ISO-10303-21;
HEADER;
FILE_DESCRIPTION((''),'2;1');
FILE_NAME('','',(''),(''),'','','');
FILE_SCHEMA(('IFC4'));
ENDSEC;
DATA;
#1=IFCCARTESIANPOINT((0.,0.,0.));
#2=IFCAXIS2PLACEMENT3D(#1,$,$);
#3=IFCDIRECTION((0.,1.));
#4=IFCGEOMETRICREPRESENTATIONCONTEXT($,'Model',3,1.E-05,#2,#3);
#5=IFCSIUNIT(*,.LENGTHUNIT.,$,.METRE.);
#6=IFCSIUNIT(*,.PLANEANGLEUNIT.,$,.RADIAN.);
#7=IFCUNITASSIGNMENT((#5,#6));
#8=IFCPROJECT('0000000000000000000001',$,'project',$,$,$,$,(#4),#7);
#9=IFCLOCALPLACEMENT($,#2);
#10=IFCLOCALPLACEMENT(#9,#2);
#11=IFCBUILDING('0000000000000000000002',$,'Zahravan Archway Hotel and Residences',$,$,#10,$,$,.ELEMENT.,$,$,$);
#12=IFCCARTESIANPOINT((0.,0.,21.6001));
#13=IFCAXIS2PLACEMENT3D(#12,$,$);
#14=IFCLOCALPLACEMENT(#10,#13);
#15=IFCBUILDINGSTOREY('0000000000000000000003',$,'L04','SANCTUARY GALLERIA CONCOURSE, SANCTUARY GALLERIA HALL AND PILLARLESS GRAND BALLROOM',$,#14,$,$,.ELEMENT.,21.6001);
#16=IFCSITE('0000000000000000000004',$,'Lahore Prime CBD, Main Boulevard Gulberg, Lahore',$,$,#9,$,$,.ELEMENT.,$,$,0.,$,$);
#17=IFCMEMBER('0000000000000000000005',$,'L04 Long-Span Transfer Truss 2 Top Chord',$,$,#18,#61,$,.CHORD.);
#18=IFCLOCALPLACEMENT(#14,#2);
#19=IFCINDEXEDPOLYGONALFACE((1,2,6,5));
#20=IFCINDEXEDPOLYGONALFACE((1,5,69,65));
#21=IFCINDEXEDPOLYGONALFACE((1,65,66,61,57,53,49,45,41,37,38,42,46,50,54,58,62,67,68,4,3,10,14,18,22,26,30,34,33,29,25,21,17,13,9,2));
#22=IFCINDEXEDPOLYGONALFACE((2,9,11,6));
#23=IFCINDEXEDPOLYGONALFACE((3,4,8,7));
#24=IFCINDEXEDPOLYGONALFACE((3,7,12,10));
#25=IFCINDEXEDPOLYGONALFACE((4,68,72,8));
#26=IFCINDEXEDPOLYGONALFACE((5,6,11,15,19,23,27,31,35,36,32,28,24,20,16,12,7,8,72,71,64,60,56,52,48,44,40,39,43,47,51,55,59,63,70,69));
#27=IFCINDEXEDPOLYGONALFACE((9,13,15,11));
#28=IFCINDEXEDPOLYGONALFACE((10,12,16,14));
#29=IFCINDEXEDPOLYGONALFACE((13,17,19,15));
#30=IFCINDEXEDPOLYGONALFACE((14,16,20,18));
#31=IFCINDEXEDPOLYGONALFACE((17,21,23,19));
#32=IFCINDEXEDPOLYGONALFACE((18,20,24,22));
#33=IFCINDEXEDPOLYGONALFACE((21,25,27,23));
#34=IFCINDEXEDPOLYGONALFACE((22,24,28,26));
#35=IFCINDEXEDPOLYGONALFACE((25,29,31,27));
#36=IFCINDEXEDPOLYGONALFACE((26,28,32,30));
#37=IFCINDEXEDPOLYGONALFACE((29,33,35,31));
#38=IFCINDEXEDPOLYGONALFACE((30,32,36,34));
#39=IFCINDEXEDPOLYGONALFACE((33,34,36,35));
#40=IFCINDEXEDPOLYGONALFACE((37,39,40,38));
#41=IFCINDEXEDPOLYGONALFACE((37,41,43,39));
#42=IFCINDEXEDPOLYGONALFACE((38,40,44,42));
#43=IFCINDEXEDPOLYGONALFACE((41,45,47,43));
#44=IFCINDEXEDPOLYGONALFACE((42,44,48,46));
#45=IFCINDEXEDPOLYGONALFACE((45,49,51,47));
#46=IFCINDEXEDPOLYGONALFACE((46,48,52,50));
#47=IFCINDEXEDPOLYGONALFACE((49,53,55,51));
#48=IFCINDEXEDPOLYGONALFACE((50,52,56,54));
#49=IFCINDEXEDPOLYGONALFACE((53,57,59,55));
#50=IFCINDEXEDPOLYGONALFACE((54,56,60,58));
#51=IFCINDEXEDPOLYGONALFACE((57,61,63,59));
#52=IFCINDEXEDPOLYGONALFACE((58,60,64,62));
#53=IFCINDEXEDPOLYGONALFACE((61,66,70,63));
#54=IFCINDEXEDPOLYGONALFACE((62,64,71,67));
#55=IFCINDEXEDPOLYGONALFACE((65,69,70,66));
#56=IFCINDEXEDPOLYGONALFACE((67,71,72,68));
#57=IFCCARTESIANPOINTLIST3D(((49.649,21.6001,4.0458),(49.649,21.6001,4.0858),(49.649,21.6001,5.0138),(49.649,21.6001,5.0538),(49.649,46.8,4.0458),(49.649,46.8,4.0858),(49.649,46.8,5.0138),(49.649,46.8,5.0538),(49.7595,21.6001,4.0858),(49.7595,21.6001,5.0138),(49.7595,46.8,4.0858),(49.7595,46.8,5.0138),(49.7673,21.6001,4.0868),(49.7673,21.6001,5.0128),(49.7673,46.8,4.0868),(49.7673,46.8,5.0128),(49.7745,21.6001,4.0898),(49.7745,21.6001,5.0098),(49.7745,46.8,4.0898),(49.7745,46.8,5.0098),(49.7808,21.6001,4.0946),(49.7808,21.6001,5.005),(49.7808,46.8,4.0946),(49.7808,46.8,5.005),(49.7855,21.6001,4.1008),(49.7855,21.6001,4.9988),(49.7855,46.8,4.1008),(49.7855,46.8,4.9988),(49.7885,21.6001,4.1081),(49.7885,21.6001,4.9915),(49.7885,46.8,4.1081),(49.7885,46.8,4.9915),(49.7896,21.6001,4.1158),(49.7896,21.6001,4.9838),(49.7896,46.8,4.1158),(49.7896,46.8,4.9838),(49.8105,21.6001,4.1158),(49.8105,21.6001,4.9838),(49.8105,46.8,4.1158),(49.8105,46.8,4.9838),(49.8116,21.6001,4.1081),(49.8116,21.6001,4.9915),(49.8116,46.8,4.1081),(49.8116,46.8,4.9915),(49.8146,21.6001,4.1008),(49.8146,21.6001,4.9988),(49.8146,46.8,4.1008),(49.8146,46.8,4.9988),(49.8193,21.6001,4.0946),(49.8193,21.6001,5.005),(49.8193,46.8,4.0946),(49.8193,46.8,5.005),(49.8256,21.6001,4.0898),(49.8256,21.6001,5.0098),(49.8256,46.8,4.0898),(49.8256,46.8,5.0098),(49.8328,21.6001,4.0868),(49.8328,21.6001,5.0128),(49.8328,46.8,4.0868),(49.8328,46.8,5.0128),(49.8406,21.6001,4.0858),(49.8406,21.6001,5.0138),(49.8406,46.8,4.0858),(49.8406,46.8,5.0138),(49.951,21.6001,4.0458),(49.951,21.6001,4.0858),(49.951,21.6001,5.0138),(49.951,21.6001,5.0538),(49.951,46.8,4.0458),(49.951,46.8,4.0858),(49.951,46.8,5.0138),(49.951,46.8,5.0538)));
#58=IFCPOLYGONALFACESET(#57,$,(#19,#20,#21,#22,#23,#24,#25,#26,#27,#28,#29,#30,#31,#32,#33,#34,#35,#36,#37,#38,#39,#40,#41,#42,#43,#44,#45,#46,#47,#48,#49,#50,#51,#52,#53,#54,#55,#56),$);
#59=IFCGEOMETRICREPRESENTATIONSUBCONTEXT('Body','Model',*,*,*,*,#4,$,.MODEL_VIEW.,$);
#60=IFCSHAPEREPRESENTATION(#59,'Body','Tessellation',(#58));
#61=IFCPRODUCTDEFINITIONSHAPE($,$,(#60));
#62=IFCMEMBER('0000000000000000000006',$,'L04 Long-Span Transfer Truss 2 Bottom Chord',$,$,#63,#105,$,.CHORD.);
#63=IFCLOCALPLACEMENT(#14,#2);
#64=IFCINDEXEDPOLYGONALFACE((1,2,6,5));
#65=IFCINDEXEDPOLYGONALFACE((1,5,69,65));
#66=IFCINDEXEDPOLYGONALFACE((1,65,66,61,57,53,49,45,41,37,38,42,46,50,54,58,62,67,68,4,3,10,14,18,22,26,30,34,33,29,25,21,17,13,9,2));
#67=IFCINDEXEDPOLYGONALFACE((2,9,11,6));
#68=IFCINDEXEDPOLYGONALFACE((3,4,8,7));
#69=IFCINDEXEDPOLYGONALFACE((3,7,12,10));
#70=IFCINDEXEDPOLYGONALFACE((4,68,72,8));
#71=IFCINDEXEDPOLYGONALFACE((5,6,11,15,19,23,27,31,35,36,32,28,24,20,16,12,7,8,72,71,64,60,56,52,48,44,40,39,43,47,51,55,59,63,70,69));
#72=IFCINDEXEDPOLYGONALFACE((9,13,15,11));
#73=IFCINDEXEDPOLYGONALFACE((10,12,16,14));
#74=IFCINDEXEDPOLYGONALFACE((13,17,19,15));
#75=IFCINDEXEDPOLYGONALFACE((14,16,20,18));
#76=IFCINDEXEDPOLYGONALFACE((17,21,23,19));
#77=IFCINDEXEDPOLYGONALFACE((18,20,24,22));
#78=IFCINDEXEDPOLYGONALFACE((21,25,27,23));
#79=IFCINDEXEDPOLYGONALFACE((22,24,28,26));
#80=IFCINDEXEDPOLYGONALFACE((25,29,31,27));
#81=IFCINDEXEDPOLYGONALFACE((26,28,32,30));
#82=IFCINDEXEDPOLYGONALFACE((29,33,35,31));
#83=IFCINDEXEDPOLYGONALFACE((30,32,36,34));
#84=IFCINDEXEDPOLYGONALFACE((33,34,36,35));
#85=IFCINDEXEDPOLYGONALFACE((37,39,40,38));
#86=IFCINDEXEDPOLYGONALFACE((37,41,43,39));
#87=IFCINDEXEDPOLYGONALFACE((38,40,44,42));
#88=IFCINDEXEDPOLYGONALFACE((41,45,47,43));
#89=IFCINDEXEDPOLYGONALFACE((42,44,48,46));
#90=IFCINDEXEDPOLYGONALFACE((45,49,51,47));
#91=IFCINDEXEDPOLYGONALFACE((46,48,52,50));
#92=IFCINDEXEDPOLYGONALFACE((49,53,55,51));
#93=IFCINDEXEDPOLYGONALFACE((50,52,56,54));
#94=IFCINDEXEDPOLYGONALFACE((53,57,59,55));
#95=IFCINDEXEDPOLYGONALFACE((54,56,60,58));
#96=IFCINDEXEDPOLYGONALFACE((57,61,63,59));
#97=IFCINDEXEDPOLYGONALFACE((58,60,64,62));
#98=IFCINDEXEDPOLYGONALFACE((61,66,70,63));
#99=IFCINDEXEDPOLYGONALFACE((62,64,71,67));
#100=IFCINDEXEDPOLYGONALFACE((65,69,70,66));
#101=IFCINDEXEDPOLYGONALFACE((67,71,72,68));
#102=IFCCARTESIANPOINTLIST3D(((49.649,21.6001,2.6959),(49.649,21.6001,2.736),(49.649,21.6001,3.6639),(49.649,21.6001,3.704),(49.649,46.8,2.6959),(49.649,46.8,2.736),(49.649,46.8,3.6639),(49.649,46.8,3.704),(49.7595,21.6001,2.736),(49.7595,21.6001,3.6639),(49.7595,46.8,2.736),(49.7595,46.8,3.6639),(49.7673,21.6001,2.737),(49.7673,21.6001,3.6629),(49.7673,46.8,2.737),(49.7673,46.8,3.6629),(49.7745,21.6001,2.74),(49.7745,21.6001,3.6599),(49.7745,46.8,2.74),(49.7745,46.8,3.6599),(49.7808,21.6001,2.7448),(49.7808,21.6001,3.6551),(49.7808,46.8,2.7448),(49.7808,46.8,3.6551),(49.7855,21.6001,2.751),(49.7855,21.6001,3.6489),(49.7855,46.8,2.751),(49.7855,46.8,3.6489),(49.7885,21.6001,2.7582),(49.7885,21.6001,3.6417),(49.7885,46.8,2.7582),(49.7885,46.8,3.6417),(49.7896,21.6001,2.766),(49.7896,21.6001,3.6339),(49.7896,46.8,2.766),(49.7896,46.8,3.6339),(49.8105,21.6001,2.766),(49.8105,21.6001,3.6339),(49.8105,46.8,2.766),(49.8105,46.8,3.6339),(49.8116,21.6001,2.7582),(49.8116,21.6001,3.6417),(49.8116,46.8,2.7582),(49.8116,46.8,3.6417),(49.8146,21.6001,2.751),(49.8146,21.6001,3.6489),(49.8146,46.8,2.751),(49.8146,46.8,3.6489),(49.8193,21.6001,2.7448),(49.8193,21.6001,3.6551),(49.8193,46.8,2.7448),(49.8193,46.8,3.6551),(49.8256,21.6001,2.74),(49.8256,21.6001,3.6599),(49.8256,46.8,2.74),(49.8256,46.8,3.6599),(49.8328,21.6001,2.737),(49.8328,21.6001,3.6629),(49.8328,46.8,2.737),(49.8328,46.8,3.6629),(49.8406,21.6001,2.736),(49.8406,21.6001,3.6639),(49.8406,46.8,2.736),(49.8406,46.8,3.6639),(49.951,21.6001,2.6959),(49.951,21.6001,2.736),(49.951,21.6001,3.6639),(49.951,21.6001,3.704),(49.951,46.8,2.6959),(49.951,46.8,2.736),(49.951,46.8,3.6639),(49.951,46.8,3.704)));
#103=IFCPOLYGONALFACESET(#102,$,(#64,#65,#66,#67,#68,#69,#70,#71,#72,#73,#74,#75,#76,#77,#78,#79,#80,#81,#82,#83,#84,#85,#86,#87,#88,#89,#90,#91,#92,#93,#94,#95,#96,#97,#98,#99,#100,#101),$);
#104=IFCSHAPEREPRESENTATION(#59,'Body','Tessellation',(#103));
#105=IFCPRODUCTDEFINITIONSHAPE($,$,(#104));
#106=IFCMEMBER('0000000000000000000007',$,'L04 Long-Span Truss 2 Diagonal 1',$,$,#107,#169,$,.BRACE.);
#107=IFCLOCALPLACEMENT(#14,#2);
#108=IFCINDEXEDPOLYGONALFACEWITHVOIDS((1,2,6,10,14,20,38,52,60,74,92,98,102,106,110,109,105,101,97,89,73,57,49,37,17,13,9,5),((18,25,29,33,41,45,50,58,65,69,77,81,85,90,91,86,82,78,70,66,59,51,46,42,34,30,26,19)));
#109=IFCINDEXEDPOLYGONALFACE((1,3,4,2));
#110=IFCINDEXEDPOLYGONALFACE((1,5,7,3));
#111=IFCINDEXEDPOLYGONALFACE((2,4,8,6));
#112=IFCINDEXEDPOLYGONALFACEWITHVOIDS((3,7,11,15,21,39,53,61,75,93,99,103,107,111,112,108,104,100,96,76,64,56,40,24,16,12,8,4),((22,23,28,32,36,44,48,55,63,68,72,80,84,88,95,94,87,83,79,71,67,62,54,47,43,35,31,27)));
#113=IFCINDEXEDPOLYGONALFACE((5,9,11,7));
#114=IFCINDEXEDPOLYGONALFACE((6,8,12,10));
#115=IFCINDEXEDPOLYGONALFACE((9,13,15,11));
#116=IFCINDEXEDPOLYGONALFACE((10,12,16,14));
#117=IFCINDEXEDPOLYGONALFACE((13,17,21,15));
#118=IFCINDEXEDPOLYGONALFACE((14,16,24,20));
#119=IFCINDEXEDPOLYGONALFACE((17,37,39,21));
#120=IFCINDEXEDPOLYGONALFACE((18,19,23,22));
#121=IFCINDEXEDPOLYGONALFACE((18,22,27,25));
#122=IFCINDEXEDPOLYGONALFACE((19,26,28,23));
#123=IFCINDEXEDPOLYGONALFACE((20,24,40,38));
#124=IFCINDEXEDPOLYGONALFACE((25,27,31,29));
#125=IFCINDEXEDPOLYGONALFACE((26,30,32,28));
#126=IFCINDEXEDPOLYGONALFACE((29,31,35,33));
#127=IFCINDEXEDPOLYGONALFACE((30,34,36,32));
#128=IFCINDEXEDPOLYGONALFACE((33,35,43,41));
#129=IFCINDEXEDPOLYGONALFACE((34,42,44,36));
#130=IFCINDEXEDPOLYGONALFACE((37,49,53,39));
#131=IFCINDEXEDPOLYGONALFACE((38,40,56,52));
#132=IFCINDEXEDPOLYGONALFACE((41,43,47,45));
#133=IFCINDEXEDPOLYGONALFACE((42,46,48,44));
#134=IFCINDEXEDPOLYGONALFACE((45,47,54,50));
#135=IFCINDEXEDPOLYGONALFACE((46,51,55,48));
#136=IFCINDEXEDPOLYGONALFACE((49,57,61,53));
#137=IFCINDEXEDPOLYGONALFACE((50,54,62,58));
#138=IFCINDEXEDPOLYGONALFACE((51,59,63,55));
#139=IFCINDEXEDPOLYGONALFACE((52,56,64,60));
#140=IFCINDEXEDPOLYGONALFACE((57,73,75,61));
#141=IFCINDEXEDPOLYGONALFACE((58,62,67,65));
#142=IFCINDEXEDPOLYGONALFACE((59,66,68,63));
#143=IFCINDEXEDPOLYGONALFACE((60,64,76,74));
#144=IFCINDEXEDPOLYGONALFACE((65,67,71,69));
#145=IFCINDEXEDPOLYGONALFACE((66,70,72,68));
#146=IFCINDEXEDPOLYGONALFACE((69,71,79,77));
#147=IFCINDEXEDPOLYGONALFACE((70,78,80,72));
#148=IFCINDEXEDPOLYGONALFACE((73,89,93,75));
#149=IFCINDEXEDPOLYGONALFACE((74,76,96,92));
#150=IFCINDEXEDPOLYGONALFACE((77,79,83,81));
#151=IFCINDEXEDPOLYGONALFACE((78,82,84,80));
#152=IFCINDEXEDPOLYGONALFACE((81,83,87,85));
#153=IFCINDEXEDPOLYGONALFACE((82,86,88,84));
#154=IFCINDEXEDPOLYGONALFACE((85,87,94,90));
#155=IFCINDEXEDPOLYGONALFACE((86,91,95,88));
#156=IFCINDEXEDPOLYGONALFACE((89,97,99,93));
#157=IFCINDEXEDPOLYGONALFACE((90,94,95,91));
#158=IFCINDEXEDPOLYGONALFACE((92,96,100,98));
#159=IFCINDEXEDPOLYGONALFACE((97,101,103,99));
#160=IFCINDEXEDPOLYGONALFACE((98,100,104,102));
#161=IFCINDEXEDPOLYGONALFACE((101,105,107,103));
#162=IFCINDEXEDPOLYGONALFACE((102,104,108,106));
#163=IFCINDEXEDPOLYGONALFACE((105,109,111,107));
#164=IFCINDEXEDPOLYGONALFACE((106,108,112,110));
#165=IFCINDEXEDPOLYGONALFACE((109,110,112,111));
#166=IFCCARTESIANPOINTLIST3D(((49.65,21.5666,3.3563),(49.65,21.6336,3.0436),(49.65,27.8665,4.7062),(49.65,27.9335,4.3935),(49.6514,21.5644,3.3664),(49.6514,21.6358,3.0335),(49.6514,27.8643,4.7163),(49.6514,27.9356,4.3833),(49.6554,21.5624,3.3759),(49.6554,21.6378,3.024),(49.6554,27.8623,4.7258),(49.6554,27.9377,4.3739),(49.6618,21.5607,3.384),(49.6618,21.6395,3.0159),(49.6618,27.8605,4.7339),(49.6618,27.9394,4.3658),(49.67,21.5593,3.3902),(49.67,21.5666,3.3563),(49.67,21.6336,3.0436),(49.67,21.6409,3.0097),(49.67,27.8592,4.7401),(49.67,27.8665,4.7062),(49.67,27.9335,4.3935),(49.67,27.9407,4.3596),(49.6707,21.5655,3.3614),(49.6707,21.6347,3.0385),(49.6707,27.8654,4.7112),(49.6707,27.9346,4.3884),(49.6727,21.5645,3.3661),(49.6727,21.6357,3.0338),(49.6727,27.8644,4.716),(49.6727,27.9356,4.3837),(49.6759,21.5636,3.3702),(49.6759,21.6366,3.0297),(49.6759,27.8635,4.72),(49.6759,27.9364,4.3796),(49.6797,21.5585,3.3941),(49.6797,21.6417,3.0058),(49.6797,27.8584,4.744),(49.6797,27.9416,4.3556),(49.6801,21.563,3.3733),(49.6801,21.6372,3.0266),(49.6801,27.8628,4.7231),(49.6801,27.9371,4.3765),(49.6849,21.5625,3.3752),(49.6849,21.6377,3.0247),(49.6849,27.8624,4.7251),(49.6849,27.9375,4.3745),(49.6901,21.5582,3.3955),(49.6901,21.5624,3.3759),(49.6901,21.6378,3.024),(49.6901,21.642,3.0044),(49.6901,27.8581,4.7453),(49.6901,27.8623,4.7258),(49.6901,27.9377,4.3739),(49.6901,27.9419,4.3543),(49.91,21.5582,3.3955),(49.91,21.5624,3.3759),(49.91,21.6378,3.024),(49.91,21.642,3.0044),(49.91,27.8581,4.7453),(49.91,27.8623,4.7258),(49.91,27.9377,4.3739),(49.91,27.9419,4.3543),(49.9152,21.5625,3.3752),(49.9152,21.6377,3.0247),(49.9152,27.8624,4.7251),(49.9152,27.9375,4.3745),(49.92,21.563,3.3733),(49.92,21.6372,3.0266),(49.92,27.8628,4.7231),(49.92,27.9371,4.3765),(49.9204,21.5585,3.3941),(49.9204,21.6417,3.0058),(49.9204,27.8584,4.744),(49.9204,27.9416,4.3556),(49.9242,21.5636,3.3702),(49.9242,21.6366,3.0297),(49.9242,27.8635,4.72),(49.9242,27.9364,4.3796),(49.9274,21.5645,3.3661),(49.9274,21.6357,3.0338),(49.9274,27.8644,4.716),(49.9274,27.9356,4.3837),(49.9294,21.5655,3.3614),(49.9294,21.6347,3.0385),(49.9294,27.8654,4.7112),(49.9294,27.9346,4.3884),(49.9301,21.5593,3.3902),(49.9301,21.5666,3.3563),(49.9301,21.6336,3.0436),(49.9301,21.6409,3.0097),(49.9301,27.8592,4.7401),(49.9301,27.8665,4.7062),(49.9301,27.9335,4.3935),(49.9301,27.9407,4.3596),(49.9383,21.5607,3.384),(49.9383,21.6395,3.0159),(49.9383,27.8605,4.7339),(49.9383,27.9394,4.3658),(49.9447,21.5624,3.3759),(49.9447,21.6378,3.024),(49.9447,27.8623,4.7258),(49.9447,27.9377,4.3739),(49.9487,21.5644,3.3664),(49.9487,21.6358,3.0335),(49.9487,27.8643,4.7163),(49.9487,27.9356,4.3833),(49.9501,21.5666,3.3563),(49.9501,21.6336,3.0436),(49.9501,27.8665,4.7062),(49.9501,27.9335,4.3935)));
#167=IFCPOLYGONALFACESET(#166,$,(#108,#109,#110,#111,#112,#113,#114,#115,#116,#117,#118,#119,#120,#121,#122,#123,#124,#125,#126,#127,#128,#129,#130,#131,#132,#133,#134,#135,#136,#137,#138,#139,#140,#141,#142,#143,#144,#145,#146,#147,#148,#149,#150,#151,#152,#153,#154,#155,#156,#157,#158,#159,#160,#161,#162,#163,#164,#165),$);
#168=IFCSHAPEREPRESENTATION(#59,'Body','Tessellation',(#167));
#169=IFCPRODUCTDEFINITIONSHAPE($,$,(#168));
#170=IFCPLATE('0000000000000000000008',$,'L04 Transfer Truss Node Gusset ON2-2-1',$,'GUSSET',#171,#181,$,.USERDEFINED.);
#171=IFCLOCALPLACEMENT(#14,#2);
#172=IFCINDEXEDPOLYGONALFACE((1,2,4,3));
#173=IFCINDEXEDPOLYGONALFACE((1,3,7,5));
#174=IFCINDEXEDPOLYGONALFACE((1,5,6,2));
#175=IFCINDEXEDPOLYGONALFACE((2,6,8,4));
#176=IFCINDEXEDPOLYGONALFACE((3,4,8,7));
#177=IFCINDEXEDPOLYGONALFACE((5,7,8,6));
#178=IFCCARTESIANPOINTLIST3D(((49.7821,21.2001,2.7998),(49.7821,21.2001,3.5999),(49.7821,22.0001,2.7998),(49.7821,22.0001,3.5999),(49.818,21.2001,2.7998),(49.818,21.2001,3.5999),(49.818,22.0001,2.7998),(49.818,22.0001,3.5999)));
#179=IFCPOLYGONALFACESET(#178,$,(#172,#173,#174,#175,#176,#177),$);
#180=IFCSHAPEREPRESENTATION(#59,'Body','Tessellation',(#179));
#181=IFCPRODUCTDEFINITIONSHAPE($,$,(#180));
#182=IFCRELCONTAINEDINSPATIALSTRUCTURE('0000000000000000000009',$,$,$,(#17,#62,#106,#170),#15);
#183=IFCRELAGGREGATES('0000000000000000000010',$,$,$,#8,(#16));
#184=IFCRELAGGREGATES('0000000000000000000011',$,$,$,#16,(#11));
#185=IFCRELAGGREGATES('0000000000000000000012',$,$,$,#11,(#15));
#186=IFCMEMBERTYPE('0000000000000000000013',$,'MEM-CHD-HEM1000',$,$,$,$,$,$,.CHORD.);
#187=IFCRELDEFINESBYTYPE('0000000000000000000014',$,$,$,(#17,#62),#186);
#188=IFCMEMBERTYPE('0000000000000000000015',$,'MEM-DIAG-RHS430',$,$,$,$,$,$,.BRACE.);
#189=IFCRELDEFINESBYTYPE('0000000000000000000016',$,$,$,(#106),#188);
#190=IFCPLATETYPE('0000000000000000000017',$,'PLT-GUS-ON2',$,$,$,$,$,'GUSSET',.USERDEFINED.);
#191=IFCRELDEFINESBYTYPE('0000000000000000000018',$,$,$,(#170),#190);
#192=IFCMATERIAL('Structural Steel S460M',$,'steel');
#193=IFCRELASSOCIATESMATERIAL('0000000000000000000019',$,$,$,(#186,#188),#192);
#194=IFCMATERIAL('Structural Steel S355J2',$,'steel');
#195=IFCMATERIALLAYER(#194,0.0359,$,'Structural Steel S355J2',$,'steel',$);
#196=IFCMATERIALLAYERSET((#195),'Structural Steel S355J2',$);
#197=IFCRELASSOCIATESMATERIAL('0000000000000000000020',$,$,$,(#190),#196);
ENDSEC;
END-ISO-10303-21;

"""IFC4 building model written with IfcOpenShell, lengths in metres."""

from ifc_helpers import new_model, si_unit, direction, frame, origin, origin_2d, place, context, subcontext, project, spatial, rectangle, hollow_rectangle, i_section, extrude, source, transform, mapped, material, layer, layer_set, material_profile, profile_set, type_object, type_shapes, element, save


model = new_model("IFC4")

# Units and contexts
model_context = context("Model", 3, precision=1e-05, world=origin(), true_north=direction((0.0, 1.0)))
body_context = subcontext(model_context, "Body", "Model", "MODEL_VIEW")
ifc_project = project(units=[si_unit("LENGTHUNIT", "METRE"), si_unit("PLANEANGLEUNIT", "RADIAN")], contexts=[model_context])

# Site, building, storey
site_placement = place(None, origin())
site = spatial("IfcSite", under=ifc_project, at=site_placement, Name="Lahore Prime CBD, Main Boulevard Gulberg, Lahore", CompositionType="ELEMENT", RefElevation=0.0)
building_placement = place(site_placement, origin())
building = spatial("IfcBuilding", under=site, at=building_placement, Name="Zahravan Archway Hotel and Residences", CompositionType="ELEMENT")
storey_placement = place(building_placement, frame((0.0, 0.0, 21.6001)))
storey = spatial("IfcBuildingStorey", under=building, at=storey_placement, Name="L04", Description="SANCTUARY GALLERIA CONCOURSE, SANCTUARY GALLERIA HALL AND PILLARLESS GRAND BALLROOM", CompositionType="ELEMENT", Elevation=21.6001)

# Shared definitions
ifc_material_1 = material(Name="Structural Steel S355J2", Category="steel")

# Members
ifc_material_2 = material(Name="Structural Steel S460M", Category="steel")
ifc_material_profile_1 = material_profile(ifc_material_2, i_section(OverallWidth=0.302, OverallDepth=1.0081, WebThickness=0.021, FlangeThickness=0.04, FilletRadius=0.03, at=origin_2d()), Name="HEM 1000", Category="steel")
ifc_profile_set_1 = profile_set([ifc_material_profile_1], Name="Structural Steel S460M")
member_type_1 = type_object("IfcMemberType", Name="MEM-CHD-HEM1000", PredefinedType="CHORD", material=ifc_profile_set_1)
shared_shape_1 = source(origin(), body_context, "Body", "SweptSolid", [
    extrude(i_section(OverallWidth=0.302, OverallDepth=1.0081, WebThickness=0.021, FlangeThickness=0.04, FilletRadius=0.03, at=origin_2d()), origin(), (0.0, 0.0, 1.0), 25.2),
])
type_shapes(member_type_1, [shared_shape_1])
for number, where, z_axis, x_axis, name in (
    (1, (49.8, 21.6001, 4.5498), (0.0, 1.0, 0.0), (-1.0, 0.0, 0.0), "L04 Long-Span Transfer Truss 2 Top Chord"),
    (2, (49.8, 21.6001, 3.2), (0.0, 1.0, 0.0), (-1.0, 0.0, 0.0), "L04 Long-Span Transfer Truss 2 Bottom Chord"),
):
    element("IfcMember", number, at=place(storey_placement, frame(where, z_axis=z_axis, x_axis=x_axis)), inside=storey, type_object=member_type_1, Name=name, PredefinedType="CHORD", context=body_context, shape_type="MappedRepresentation", body=[
        mapped(shared_shape_1, transform((0.0, 0.0, 0.0), scale=1.0)),
    ])
ifc_material_profile_2 = material_profile(ifc_material_2, hollow_rectangle(XDim=0.3, YDim=0.3999, WallThickness=0.02, InnerFilletRadius=0.02, OuterFilletRadius=0.04, at=origin_2d()), Name="RHS 400x300x20", Category="steel")
ifc_profile_set_2 = profile_set([ifc_material_profile_2], Name="Structural Steel S460M")
member_type_2 = type_object("IfcMemberType", Name="MEM-DIAG-RHS430", PredefinedType="BRACE", material=ifc_profile_set_2)
shared_shape_2 = source(origin(), body_context, "Body", "SweptSolid", [
    extrude(hollow_rectangle(XDim=0.3, YDim=0.3999, WallThickness=0.02, InnerFilletRadius=0.02, OuterFilletRadius=0.04, at=origin_2d()), origin(), (0.0, 0.0, 1.0), 6.4429),
])
type_shapes(member_type_2, [shared_shape_2])
member_placement = place(storey_placement, frame((49.8, 21.6001, 3.2), z_axis=(0.0, 0.977806, 0.209514), x_axis=(-1.0, 0.0, 0.0)))
element("IfcMember", 3, at=member_placement, inside=storey, type_object=member_type_2, Name="L04 Long-Span Truss 2 Diagonal 1", PredefinedType="BRACE", context=body_context, shape_type="MappedRepresentation", body=[
    mapped(shared_shape_2, transform((0.0, 0.0, 0.0), scale=1.0)),
])

# Plate
ifc_layer_1 = layer(ifc_material_1, 0.0359, Name="Structural Steel S355J2", Category="steel")
ifc_layer_set_1 = layer_set([ifc_layer_1], Name="Structural Steel S355J2")
plate_type_1 = type_object("IfcPlateType", Name="PLT-GUS-ON2", ElementType="GUSSET", PredefinedType="USERDEFINED", material=ifc_layer_set_1)
shared_shape_3 = source(origin(), body_context, "Body", "SweptSolid", [
    extrude(rectangle(XDim=0.8, YDim=0.0359, at=origin_2d()), origin(), (0.0, 0.0, 1.0), 0.8),
])
type_shapes(plate_type_1, [shared_shape_3])
plate_1_placement = place(storey_placement, frame((49.8, 21.6001, 2.7998), z_axis=(0.0, 0.0, 1.0), x_axis=(0.0, 1.0, 0.0)))
element("IfcPlate", 4, at=plate_1_placement, inside=storey, type_object=plate_type_1, Name="L04 Transfer Truss Node Gusset ON2-2-1", ObjectType="GUSSET", PredefinedType="USERDEFINED", context=body_context, shape_type="MappedRepresentation", body=[
    mapped(shared_shape_3, transform((0.0, 0.0, 0.0), scale=1.0)),
])

save(model, "model.ifc")
